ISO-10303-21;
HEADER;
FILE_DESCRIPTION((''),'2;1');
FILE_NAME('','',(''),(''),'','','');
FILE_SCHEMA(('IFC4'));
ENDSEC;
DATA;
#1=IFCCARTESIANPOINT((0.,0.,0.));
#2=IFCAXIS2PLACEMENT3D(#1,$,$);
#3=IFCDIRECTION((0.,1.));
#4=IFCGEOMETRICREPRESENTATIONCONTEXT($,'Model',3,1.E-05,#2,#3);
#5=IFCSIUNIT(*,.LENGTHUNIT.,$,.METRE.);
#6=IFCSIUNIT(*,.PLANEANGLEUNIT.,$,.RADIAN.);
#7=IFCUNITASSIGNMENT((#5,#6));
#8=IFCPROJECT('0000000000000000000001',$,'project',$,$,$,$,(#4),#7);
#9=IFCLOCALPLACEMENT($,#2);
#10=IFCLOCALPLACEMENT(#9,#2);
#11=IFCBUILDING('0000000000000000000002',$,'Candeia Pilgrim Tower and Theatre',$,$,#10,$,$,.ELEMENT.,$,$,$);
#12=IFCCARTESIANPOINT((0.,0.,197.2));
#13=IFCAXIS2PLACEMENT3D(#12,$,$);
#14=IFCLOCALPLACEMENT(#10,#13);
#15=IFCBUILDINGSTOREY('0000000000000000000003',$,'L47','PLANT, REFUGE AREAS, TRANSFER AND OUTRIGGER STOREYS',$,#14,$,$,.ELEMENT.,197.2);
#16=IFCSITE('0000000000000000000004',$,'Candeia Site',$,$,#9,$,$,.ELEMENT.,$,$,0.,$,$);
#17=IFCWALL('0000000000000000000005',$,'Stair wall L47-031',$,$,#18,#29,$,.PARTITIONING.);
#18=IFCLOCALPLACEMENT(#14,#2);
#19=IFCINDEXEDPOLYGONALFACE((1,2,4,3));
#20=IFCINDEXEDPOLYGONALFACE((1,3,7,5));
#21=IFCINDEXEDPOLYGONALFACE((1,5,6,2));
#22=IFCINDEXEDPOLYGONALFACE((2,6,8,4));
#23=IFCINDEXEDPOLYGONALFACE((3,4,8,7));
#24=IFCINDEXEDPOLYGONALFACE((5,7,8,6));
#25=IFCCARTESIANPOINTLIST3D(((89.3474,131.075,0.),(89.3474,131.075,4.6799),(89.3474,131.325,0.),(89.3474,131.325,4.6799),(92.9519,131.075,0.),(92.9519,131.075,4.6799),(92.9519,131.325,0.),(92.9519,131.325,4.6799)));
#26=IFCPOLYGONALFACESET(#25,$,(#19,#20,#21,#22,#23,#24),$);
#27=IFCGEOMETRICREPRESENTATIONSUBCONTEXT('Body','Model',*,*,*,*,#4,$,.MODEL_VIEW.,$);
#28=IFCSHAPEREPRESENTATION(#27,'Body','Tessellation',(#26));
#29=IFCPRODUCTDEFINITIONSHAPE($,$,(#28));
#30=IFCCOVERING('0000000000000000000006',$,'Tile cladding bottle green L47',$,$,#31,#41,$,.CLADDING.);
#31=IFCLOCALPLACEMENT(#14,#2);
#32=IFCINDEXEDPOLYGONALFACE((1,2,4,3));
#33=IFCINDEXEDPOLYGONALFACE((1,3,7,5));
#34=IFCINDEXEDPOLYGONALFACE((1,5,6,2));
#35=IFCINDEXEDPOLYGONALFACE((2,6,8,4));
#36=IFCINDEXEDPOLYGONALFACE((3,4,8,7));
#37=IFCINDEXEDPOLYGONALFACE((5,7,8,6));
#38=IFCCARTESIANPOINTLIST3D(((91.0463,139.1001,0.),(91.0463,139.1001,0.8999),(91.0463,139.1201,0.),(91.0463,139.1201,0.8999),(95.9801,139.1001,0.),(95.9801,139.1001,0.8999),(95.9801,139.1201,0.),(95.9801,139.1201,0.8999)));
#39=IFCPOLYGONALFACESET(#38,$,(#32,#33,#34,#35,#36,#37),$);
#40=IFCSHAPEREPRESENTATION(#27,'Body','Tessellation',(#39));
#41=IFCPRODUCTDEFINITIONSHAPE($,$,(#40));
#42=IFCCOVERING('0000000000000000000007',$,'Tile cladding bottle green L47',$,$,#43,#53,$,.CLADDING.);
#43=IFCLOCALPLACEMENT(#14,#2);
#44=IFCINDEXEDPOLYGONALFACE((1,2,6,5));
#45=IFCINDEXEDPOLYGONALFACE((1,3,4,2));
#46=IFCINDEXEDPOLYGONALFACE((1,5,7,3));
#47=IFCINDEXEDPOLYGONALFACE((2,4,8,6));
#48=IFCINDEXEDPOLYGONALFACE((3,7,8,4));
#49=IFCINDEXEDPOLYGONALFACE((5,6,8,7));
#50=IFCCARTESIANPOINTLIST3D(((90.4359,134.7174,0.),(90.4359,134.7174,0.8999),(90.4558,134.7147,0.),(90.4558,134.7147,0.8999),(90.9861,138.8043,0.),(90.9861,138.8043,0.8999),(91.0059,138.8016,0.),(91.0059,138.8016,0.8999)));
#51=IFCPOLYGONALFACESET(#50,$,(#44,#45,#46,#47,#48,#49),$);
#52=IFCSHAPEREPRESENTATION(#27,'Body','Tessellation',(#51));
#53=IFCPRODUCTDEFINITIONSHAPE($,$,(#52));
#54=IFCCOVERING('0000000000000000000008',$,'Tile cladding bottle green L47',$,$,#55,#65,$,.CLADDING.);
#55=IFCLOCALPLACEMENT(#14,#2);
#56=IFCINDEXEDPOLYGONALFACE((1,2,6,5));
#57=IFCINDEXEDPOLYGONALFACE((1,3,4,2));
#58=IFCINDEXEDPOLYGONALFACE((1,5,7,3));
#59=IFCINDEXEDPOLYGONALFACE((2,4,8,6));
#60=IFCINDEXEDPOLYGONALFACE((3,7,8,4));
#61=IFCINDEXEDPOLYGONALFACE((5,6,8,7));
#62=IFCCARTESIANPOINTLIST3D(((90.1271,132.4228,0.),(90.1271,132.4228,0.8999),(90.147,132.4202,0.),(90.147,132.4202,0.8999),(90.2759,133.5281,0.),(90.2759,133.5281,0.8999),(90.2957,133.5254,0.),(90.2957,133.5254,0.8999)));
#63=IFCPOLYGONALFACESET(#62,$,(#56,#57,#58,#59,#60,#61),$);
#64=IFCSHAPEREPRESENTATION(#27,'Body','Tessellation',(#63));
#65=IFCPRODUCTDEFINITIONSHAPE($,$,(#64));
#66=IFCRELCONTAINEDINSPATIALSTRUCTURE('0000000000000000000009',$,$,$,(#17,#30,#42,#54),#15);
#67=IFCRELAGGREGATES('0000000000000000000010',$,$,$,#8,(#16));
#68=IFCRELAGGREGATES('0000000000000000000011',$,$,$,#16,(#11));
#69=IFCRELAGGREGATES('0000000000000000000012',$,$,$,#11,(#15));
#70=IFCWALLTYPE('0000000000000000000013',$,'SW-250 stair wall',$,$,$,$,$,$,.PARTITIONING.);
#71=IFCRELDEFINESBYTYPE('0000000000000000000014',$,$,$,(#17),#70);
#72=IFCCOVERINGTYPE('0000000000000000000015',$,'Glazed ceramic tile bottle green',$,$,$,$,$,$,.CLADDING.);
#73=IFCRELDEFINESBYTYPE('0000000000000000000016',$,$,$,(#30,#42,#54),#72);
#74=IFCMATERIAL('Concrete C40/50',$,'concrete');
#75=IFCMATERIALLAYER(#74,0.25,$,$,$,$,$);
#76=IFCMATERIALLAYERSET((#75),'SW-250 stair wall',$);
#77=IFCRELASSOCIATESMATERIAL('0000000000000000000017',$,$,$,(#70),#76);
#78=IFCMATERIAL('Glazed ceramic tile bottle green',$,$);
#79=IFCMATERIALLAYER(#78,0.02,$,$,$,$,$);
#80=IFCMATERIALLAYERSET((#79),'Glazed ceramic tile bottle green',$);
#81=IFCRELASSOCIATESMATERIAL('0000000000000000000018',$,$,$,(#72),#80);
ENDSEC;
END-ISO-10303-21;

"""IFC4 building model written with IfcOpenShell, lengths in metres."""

from ifc_helpers import new_model, si_unit, direction, frame, frame_2d, origin, origin_2d, place, context, subcontext, project, spatial, rectangle, extrude, material, layer, layer_set, type_object, element, save


model = new_model("IFC4")

# Units and contexts
model_context = context("Model", 3, precision=1e-05, world=origin(), true_north=direction((0.0, 1.0)))
body_context = subcontext(model_context, "Body", "Model", "MODEL_VIEW")
ifc_project = project(units=[si_unit("LENGTHUNIT", "METRE"), si_unit("PLANEANGLEUNIT", "RADIAN")], contexts=[model_context])

# Site, building, storey
site_placement = place(None, origin())
site = spatial("IfcSite", under=ifc_project, at=site_placement, Name="Candeia Site", CompositionType="ELEMENT", RefElevation=0.0)
building_placement = place(site_placement, origin())
building = spatial("IfcBuilding", under=site, at=building_placement, Name="Candeia Pilgrim Tower and Theatre", CompositionType="ELEMENT")
storey_placement = place(building_placement, frame((0.0, 0.0, 197.2)))
storey = spatial("IfcBuildingStorey", under=building, at=storey_placement, Name="L47", Description="PLANT, REFUGE AREAS, TRANSFER AND OUTRIGGER STOREYS", CompositionType="ELEMENT", Elevation=197.2)

# Wall
ifc_material_1 = material(Name="Concrete C40/50", Category="concrete")
ifc_layer_1 = layer(ifc_material_1, 0.25)
ifc_layer_set_1 = layer_set([ifc_layer_1], Name="SW-250 stair wall")
wall_type_1 = type_object("IfcWallType", Name="SW-250 stair wall", PredefinedType="PARTITIONING", material=ifc_layer_set_1)
wall_1_placement = place(storey_placement, frame((89.3474, 131.2, 0.0), z_axis=(0.0, 0.0, 1.0), x_axis=(1.0, 0.0, 0.0)))
element("IfcWall", 1, at=wall_1_placement, inside=storey, type_object=wall_type_1, Name="Stair wall L47-031", PredefinedType="PARTITIONING", context=body_context, shape_type="SweptSolid", body=[
    extrude(rectangle(XDim=3.6045, YDim=0.25, at=frame_2d((1.8022, 0.0))), origin(), (0.0, 0.0, 1.0), 4.6799),
])

# Coverings
ifc_material_2 = material(Name="Glazed ceramic tile bottle green")
ifc_layer_2 = layer(ifc_material_2, 0.02)
ifc_layer_set_2 = layer_set([ifc_layer_2], Name="Glazed ceramic tile bottle green")
covering_type = type_object("IfcCoveringType", Name="Glazed ceramic tile bottle green", PredefinedType="CLADDING", material=ifc_layer_set_2)
covering_1_placement = place(storey_placement, frame((93.5132, 139.1101, 0.0), z_axis=(0.0, 0.0, 1.0), x_axis=(-1.0, 0.0, 0.0)))
element("IfcCovering", 2, at=covering_1_placement, inside=storey, type_object=covering_type, Name="Tile cladding bottle green L47", PredefinedType="CLADDING", context=body_context, shape_type="SweptSolid", body=[
    extrude(rectangle(XDim=4.9338, YDim=0.02, at=origin_2d()), origin(), (0.0, 0.0, 1.0), 0.8999),
])
covering_2_placement = place(storey_placement, frame((90.7209, 136.7595, 0.0), z_axis=(0.0, 0.0, 1.0), x_axis=(-0.133412, -0.991061, 0.0)))
element("IfcCovering", 3, at=covering_2_placement, inside=storey, type_object=covering_type, Name="Tile cladding bottle green L47", PredefinedType="CLADDING", context=body_context, shape_type="SweptSolid", body=[
    extrude(rectangle(XDim=4.1238, YDim=0.02, at=origin_2d()), origin(), (0.0, 0.0, 1.0), 0.8999),
])
covering_3_placement = place(storey_placement, frame((90.2114, 132.9741, 0.0), z_axis=(0.0, 0.0, 1.0), x_axis=(-0.133412, -0.991061, 0.0)))
element("IfcCovering", 4, at=covering_3_placement, inside=storey, type_object=covering_type, Name="Tile cladding bottle green L47", PredefinedType="CLADDING", context=body_context, shape_type="SweptSolid", body=[
    extrude(rectangle(XDim=1.1152, YDim=0.02, at=origin_2d()), origin(), (0.0, 0.0, 1.0), 0.8999),
])

save(model, "model.ifc")
